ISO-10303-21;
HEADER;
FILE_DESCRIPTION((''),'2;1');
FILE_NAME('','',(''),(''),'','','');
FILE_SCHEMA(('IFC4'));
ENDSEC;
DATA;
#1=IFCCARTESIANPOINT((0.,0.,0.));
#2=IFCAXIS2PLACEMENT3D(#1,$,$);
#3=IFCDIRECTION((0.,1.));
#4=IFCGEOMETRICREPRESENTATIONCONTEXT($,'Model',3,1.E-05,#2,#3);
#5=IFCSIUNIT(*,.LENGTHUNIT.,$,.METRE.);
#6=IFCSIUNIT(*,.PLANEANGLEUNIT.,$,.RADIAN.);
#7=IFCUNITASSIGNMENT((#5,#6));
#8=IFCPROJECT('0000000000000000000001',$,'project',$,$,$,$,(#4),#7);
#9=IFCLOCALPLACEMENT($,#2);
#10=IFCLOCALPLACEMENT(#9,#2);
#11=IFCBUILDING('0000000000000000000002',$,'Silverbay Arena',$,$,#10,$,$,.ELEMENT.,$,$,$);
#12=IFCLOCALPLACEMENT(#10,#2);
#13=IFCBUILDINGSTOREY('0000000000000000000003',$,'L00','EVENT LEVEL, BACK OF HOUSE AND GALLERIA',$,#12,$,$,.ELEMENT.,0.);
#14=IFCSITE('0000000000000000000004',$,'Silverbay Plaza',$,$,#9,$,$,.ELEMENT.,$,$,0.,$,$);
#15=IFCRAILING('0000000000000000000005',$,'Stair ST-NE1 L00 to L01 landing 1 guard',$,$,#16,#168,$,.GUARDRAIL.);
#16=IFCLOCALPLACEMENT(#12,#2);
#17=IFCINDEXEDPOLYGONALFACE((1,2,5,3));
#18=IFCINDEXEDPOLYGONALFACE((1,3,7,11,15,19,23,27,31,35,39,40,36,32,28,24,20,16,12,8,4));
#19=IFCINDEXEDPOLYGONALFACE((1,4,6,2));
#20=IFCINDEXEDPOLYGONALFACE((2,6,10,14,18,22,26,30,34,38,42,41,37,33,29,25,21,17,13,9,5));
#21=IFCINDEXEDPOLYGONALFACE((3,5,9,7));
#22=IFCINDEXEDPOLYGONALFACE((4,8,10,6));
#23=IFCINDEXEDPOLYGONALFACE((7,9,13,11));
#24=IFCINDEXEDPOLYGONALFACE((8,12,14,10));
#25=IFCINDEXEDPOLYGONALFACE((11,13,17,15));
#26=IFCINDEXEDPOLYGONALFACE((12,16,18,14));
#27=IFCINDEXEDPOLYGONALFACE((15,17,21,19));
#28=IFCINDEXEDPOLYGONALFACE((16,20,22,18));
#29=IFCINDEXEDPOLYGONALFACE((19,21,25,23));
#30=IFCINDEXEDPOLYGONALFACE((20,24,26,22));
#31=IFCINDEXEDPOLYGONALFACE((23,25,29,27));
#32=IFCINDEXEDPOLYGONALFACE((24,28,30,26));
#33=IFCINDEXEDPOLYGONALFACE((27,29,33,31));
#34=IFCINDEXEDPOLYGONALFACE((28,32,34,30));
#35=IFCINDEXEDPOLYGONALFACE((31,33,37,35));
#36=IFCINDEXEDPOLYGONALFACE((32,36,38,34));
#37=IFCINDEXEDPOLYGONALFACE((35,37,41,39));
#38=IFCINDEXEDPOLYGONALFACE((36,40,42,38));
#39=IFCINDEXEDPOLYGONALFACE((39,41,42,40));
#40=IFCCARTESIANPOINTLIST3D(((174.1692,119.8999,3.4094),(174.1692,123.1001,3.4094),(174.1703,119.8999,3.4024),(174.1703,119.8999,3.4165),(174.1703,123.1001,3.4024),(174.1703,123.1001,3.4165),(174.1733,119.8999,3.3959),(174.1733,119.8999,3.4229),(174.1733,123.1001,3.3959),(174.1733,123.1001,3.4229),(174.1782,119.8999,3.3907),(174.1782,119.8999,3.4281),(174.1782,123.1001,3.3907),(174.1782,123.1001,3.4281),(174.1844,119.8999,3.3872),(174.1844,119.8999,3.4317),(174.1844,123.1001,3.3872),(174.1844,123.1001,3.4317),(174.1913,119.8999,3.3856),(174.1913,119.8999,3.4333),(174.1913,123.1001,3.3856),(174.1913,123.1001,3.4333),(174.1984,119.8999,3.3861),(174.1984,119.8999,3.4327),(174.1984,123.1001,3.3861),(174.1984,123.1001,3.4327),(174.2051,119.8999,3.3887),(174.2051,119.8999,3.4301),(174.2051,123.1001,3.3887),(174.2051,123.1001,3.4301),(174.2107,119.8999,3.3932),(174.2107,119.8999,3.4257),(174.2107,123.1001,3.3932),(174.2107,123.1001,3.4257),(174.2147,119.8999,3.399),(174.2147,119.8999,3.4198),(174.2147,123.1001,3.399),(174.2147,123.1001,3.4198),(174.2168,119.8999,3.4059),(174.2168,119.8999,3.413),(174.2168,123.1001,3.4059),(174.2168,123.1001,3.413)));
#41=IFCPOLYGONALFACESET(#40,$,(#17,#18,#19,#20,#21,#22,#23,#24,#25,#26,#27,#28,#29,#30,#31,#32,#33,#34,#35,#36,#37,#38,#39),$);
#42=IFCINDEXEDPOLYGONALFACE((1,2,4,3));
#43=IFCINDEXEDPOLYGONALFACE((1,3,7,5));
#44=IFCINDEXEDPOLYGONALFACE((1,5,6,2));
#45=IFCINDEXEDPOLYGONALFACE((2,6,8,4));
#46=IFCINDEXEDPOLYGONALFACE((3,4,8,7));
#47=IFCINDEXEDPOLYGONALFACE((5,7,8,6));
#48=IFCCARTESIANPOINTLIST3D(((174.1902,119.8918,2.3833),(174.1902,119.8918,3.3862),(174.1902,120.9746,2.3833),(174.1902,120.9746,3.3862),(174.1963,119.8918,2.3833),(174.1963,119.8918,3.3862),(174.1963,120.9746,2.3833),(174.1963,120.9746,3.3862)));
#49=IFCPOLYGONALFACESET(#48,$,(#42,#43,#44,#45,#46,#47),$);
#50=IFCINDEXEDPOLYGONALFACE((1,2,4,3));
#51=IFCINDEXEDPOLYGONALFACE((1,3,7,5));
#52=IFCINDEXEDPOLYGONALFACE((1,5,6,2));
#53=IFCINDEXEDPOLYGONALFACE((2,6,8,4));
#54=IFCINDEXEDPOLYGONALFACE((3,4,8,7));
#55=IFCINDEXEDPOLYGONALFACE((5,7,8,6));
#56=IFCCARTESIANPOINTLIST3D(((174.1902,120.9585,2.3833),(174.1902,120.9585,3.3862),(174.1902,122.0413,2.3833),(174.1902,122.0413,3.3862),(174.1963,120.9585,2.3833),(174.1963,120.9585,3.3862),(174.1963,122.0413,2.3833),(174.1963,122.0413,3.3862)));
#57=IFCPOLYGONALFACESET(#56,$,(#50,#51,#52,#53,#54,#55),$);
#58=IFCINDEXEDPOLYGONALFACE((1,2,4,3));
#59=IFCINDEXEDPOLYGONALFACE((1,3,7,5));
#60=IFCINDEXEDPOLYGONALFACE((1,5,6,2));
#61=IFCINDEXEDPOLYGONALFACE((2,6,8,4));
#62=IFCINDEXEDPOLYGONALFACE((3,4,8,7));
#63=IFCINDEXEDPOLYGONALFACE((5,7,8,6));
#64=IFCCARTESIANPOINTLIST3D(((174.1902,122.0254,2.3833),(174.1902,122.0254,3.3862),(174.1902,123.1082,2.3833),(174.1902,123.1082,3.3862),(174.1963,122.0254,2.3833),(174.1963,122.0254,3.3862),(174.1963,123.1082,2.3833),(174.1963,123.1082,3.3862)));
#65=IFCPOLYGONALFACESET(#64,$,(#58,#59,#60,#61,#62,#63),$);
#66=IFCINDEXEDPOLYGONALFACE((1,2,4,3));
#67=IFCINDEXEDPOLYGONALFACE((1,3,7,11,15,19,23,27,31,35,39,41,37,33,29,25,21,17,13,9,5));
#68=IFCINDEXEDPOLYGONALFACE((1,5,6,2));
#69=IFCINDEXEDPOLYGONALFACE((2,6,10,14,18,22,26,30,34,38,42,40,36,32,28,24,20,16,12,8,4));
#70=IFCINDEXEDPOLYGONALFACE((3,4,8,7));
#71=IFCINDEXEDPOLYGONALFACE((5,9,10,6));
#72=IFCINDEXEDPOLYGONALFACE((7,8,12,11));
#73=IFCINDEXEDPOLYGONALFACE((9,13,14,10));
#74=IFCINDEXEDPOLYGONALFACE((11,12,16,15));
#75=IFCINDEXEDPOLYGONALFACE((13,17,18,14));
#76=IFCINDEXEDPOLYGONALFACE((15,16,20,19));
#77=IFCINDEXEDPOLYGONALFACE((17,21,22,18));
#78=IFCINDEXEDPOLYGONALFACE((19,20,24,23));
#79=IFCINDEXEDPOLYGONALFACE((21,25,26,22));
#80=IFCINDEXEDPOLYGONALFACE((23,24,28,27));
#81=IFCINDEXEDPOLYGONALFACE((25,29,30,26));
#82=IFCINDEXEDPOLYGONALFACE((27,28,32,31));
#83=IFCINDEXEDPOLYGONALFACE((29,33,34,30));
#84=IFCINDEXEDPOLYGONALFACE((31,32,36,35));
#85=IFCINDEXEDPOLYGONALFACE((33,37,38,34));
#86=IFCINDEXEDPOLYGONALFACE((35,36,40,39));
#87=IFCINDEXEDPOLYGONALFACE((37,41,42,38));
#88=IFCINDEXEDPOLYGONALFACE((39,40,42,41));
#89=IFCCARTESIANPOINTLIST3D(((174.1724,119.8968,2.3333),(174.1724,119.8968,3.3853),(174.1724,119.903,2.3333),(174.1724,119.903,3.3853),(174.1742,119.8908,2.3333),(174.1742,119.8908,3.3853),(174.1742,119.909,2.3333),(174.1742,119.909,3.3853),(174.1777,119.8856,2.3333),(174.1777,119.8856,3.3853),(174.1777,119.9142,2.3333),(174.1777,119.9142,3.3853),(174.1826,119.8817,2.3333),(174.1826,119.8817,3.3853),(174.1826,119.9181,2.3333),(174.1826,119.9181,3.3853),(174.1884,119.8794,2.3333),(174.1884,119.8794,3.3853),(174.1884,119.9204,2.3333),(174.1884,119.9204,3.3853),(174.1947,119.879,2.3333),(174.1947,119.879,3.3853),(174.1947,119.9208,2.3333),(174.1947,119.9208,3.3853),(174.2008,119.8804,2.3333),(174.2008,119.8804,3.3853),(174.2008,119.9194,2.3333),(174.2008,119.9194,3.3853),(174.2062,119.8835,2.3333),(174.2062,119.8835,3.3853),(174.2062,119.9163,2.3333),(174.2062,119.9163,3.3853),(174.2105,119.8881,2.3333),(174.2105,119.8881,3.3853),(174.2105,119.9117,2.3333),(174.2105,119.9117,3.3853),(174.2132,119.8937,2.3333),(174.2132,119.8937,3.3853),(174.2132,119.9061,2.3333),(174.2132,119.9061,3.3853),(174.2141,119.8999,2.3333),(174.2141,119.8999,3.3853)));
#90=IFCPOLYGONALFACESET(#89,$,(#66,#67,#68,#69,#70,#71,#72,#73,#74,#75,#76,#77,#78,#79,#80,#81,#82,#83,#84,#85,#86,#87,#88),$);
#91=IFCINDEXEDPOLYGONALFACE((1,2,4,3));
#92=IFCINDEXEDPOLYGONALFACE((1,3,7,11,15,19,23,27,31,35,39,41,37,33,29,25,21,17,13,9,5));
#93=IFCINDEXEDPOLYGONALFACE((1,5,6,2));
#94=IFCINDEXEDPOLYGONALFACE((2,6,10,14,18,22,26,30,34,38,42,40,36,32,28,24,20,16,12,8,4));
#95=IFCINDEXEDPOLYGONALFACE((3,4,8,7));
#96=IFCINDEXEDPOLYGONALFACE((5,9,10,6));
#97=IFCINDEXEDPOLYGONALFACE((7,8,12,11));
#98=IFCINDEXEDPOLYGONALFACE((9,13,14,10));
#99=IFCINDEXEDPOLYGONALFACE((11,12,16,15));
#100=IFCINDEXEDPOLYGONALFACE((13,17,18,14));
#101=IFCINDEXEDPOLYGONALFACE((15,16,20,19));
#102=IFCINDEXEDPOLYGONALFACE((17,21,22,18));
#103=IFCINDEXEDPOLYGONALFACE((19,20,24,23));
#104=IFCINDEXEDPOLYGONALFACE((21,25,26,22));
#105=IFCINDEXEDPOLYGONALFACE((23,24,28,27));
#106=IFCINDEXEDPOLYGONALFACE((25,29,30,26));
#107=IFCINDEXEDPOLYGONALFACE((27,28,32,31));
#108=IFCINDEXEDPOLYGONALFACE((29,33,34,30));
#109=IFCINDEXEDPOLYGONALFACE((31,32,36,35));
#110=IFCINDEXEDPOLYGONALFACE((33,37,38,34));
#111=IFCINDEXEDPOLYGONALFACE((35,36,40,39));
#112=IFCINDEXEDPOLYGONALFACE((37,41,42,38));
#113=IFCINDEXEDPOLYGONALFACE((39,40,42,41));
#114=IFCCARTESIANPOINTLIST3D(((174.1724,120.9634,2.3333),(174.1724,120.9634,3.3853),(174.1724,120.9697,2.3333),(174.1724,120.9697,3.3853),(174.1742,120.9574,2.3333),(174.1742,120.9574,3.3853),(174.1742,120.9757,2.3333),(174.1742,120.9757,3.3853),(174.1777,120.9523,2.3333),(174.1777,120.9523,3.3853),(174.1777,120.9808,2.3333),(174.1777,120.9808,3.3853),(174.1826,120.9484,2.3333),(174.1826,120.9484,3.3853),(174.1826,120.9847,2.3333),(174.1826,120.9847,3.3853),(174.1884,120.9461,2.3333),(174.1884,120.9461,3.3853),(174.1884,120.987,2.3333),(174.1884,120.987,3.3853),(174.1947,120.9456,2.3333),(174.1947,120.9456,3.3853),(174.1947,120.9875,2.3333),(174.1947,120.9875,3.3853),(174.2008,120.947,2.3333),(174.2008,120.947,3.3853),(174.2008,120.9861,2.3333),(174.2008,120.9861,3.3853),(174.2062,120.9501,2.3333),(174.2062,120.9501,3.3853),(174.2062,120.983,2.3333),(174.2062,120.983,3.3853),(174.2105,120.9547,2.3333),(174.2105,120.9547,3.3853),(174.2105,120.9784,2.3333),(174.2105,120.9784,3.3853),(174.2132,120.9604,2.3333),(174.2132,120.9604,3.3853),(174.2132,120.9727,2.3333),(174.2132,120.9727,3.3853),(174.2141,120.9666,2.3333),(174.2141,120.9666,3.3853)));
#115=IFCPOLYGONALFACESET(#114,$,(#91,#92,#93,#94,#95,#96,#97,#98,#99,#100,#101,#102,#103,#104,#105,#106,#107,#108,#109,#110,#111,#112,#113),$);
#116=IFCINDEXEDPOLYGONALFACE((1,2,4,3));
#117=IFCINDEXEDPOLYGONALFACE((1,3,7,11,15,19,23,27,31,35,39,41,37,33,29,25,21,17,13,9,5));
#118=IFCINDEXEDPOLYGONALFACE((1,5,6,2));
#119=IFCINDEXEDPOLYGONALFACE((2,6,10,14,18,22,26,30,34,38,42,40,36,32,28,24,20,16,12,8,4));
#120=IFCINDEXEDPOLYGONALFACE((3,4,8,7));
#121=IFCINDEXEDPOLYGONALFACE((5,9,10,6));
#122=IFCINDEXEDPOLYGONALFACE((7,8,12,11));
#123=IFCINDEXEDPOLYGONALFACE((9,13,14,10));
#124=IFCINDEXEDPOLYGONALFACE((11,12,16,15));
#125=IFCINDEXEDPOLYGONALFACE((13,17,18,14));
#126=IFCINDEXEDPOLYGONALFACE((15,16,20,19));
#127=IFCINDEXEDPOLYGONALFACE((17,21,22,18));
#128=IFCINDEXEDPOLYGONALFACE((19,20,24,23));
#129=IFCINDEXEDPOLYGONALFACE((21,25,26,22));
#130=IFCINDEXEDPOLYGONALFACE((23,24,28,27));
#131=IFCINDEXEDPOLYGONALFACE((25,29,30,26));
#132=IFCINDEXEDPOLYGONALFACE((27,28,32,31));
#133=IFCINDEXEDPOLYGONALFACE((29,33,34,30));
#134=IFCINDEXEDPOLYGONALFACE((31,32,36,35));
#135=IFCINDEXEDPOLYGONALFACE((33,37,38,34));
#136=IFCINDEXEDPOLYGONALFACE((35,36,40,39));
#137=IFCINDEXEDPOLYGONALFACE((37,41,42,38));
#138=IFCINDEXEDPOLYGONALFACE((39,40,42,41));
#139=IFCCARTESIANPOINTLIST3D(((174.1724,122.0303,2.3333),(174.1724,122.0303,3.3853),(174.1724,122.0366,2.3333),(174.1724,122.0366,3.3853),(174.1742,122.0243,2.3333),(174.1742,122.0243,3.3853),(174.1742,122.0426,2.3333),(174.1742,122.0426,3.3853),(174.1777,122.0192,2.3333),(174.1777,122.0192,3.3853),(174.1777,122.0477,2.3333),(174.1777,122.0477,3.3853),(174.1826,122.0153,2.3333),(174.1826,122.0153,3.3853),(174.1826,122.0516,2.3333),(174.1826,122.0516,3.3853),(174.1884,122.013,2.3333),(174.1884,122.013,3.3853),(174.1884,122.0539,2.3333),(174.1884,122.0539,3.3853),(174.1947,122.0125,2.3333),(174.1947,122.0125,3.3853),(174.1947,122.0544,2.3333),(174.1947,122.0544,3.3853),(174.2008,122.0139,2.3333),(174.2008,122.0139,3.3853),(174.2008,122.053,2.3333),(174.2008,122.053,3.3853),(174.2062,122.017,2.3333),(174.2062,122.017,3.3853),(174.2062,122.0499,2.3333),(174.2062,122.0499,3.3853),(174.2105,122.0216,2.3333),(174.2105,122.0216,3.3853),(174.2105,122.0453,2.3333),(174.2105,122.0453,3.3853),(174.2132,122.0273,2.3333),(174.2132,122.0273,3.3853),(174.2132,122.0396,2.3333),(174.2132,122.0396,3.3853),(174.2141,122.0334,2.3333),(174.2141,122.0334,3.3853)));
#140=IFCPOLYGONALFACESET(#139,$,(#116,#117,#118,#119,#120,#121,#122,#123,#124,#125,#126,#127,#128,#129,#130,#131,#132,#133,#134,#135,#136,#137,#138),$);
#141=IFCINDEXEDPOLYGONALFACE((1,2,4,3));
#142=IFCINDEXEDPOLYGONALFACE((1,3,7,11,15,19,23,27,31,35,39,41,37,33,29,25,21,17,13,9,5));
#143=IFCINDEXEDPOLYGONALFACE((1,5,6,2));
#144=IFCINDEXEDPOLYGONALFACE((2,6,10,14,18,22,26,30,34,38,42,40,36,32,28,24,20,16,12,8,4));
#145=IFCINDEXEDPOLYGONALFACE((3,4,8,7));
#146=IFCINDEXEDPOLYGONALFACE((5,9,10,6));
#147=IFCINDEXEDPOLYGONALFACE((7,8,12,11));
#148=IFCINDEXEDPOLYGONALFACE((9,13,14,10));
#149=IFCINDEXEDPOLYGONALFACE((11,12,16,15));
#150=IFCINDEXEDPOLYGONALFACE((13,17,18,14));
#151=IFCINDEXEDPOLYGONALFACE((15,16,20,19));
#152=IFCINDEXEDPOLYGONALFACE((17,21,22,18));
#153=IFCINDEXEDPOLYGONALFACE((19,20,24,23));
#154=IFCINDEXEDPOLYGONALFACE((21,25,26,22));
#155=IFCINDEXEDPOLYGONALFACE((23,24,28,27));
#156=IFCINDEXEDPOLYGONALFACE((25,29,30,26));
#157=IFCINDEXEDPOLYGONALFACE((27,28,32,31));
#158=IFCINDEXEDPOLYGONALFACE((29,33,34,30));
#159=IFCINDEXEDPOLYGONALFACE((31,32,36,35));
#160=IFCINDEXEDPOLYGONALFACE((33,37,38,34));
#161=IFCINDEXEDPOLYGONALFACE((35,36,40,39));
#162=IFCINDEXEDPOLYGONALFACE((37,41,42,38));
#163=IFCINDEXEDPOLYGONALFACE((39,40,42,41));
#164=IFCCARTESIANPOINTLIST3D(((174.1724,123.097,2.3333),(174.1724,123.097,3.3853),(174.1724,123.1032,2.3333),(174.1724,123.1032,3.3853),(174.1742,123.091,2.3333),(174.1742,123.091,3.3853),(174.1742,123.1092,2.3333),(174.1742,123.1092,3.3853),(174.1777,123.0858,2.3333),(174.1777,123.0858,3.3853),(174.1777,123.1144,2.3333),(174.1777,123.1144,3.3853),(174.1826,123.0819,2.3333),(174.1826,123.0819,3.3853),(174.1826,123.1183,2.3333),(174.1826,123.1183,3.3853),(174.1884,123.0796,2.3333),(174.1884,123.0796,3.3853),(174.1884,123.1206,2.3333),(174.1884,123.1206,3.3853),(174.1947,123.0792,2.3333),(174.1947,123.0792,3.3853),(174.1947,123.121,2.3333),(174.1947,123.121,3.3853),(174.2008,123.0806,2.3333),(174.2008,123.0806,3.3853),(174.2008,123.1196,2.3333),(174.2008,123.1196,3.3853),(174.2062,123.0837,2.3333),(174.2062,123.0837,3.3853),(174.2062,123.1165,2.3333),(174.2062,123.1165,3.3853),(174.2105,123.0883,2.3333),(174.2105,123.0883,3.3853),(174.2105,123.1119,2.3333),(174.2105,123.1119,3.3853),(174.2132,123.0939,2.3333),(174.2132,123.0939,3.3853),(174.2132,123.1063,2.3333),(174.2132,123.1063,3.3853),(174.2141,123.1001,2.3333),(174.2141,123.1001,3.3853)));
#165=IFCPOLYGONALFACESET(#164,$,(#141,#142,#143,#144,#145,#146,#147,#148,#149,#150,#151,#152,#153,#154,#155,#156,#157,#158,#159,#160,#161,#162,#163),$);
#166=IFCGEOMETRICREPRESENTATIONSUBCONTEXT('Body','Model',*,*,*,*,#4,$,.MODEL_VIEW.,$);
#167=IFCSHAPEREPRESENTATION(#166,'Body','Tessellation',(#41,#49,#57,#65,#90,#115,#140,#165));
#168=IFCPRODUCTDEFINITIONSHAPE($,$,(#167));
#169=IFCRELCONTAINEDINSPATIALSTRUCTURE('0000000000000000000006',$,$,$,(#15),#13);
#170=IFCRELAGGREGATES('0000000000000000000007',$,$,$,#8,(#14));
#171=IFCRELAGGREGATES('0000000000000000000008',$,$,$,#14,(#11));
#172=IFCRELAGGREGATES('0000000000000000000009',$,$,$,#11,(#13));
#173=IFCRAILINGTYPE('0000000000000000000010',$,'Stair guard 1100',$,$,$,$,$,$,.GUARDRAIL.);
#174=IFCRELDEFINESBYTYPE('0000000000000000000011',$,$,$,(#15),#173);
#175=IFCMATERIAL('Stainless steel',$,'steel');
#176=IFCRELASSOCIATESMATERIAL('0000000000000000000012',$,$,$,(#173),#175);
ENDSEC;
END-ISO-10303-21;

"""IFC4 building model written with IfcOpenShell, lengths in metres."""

from ifc_helpers import new_model, si_unit, direction, frame, origin, origin_2d, place, context, subcontext, project, spatial, polyline, circle, outline, extrude, material, type_object, element, save


model = new_model("IFC4")

# Units and contexts
model_context = context("Model", 3, precision=1e-05, world=origin(), true_north=direction((0.0, 1.0)))
body_context = subcontext(model_context, "Body", "Model", "MODEL_VIEW")
ifc_project = project(units=[si_unit("LENGTHUNIT", "METRE"), si_unit("PLANEANGLEUNIT", "RADIAN")], contexts=[model_context])

# Site, building, storey
site_placement = place(None, origin())
site = spatial("IfcSite", under=ifc_project, at=site_placement, Name="Silverbay Plaza", CompositionType="ELEMENT", RefElevation=0.0)
building_placement = place(site_placement, origin())
building = spatial("IfcBuilding", under=site, at=building_placement, Name="Silverbay Arena", CompositionType="ELEMENT")
storey_placement = place(building_placement, origin())
storey = spatial("IfcBuildingStorey", under=building, at=storey_placement, Name="L00", Description="EVENT LEVEL, BACK OF HOUSE AND GALLERIA", CompositionType="ELEMENT", Elevation=0.0)

# Railing
ifc_material_1 = material(Name="Stainless steel", Category="steel")
railing_type_1 = type_object("IfcRailingType", Name="Stair guard 1100", PredefinedType="GUARDRAIL", material=ifc_material_1)
for number, where, name in (
    (1, (174.1931, 119.8999, 2.3333), "Stair ST-NE1 L00 to L01 landing 1 guard"),
):
    element("IfcRailing", number, at=place(storey_placement, frame(where)), inside=storey, type_object=railing_type_1, Name=name, PredefinedType="GUARDRAIL", context=body_context, shape_type="SweptSolid", body=[
        extrude(circle(Radius=0.0239, at=origin_2d()), frame((0.0, 0.0, 1.0762), z_axis=(0.0, 1.0, 0.0), x_axis=(-1.0, 0.0, 0.0)), (0.0, 0.0, 1.0), 3.2002),
        extrude(outline(polyline([(-0.0081, 0.05), (1.0747, 0.05), (1.0747, 1.053), (-0.0081, 1.053), (-0.0081, 0.05)])), frame((-0.0029, 0.0, 0.0), z_axis=(1.0, 0.0, 0.0), x_axis=(0.0, 1.0, 0.0)), (0.0, 0.0, 1.0), 0.0061),
        extrude(outline(polyline([(-0.0081, 0.05), (1.0747, 0.05), (1.0747, 1.053), (-0.0081, 1.053), (-0.0081, 0.05)])), frame((-0.0029, 1.0667, 0.0), z_axis=(1.0, 0.0, 0.0), x_axis=(0.0, 1.0, 0.0)), (0.0, 0.0, 1.0), 0.0061),
        extrude(outline(polyline([(-0.0081, 0.05), (1.0747, 0.05), (1.0747, 1.053), (-0.0081, 1.053), (-0.0081, 0.05)])), frame((-0.0029, 2.1335, 0.0), z_axis=(1.0, 0.0, 0.0), x_axis=(0.0, 1.0, 0.0)), (0.0, 0.0, 1.0), 0.0061),
        extrude(circle(Radius=0.021, at=origin_2d()), origin(), (0.0, 0.0, 1.0), 1.052),
        extrude(circle(Radius=0.021, at=origin_2d()), frame((0.0, 1.0667, 0.0)), (0.0, 0.0, 1.0), 1.052),
        extrude(circle(Radius=0.021, at=origin_2d()), frame((0.0, 2.1335, 0.0)), (0.0, 0.0, 1.0), 1.052),
        extrude(circle(Radius=0.021, at=origin_2d()), frame((0.0, 3.2002, 0.0)), (0.0, 0.0, 1.0), 1.052),
    ])

save(model, "model.ifc")
